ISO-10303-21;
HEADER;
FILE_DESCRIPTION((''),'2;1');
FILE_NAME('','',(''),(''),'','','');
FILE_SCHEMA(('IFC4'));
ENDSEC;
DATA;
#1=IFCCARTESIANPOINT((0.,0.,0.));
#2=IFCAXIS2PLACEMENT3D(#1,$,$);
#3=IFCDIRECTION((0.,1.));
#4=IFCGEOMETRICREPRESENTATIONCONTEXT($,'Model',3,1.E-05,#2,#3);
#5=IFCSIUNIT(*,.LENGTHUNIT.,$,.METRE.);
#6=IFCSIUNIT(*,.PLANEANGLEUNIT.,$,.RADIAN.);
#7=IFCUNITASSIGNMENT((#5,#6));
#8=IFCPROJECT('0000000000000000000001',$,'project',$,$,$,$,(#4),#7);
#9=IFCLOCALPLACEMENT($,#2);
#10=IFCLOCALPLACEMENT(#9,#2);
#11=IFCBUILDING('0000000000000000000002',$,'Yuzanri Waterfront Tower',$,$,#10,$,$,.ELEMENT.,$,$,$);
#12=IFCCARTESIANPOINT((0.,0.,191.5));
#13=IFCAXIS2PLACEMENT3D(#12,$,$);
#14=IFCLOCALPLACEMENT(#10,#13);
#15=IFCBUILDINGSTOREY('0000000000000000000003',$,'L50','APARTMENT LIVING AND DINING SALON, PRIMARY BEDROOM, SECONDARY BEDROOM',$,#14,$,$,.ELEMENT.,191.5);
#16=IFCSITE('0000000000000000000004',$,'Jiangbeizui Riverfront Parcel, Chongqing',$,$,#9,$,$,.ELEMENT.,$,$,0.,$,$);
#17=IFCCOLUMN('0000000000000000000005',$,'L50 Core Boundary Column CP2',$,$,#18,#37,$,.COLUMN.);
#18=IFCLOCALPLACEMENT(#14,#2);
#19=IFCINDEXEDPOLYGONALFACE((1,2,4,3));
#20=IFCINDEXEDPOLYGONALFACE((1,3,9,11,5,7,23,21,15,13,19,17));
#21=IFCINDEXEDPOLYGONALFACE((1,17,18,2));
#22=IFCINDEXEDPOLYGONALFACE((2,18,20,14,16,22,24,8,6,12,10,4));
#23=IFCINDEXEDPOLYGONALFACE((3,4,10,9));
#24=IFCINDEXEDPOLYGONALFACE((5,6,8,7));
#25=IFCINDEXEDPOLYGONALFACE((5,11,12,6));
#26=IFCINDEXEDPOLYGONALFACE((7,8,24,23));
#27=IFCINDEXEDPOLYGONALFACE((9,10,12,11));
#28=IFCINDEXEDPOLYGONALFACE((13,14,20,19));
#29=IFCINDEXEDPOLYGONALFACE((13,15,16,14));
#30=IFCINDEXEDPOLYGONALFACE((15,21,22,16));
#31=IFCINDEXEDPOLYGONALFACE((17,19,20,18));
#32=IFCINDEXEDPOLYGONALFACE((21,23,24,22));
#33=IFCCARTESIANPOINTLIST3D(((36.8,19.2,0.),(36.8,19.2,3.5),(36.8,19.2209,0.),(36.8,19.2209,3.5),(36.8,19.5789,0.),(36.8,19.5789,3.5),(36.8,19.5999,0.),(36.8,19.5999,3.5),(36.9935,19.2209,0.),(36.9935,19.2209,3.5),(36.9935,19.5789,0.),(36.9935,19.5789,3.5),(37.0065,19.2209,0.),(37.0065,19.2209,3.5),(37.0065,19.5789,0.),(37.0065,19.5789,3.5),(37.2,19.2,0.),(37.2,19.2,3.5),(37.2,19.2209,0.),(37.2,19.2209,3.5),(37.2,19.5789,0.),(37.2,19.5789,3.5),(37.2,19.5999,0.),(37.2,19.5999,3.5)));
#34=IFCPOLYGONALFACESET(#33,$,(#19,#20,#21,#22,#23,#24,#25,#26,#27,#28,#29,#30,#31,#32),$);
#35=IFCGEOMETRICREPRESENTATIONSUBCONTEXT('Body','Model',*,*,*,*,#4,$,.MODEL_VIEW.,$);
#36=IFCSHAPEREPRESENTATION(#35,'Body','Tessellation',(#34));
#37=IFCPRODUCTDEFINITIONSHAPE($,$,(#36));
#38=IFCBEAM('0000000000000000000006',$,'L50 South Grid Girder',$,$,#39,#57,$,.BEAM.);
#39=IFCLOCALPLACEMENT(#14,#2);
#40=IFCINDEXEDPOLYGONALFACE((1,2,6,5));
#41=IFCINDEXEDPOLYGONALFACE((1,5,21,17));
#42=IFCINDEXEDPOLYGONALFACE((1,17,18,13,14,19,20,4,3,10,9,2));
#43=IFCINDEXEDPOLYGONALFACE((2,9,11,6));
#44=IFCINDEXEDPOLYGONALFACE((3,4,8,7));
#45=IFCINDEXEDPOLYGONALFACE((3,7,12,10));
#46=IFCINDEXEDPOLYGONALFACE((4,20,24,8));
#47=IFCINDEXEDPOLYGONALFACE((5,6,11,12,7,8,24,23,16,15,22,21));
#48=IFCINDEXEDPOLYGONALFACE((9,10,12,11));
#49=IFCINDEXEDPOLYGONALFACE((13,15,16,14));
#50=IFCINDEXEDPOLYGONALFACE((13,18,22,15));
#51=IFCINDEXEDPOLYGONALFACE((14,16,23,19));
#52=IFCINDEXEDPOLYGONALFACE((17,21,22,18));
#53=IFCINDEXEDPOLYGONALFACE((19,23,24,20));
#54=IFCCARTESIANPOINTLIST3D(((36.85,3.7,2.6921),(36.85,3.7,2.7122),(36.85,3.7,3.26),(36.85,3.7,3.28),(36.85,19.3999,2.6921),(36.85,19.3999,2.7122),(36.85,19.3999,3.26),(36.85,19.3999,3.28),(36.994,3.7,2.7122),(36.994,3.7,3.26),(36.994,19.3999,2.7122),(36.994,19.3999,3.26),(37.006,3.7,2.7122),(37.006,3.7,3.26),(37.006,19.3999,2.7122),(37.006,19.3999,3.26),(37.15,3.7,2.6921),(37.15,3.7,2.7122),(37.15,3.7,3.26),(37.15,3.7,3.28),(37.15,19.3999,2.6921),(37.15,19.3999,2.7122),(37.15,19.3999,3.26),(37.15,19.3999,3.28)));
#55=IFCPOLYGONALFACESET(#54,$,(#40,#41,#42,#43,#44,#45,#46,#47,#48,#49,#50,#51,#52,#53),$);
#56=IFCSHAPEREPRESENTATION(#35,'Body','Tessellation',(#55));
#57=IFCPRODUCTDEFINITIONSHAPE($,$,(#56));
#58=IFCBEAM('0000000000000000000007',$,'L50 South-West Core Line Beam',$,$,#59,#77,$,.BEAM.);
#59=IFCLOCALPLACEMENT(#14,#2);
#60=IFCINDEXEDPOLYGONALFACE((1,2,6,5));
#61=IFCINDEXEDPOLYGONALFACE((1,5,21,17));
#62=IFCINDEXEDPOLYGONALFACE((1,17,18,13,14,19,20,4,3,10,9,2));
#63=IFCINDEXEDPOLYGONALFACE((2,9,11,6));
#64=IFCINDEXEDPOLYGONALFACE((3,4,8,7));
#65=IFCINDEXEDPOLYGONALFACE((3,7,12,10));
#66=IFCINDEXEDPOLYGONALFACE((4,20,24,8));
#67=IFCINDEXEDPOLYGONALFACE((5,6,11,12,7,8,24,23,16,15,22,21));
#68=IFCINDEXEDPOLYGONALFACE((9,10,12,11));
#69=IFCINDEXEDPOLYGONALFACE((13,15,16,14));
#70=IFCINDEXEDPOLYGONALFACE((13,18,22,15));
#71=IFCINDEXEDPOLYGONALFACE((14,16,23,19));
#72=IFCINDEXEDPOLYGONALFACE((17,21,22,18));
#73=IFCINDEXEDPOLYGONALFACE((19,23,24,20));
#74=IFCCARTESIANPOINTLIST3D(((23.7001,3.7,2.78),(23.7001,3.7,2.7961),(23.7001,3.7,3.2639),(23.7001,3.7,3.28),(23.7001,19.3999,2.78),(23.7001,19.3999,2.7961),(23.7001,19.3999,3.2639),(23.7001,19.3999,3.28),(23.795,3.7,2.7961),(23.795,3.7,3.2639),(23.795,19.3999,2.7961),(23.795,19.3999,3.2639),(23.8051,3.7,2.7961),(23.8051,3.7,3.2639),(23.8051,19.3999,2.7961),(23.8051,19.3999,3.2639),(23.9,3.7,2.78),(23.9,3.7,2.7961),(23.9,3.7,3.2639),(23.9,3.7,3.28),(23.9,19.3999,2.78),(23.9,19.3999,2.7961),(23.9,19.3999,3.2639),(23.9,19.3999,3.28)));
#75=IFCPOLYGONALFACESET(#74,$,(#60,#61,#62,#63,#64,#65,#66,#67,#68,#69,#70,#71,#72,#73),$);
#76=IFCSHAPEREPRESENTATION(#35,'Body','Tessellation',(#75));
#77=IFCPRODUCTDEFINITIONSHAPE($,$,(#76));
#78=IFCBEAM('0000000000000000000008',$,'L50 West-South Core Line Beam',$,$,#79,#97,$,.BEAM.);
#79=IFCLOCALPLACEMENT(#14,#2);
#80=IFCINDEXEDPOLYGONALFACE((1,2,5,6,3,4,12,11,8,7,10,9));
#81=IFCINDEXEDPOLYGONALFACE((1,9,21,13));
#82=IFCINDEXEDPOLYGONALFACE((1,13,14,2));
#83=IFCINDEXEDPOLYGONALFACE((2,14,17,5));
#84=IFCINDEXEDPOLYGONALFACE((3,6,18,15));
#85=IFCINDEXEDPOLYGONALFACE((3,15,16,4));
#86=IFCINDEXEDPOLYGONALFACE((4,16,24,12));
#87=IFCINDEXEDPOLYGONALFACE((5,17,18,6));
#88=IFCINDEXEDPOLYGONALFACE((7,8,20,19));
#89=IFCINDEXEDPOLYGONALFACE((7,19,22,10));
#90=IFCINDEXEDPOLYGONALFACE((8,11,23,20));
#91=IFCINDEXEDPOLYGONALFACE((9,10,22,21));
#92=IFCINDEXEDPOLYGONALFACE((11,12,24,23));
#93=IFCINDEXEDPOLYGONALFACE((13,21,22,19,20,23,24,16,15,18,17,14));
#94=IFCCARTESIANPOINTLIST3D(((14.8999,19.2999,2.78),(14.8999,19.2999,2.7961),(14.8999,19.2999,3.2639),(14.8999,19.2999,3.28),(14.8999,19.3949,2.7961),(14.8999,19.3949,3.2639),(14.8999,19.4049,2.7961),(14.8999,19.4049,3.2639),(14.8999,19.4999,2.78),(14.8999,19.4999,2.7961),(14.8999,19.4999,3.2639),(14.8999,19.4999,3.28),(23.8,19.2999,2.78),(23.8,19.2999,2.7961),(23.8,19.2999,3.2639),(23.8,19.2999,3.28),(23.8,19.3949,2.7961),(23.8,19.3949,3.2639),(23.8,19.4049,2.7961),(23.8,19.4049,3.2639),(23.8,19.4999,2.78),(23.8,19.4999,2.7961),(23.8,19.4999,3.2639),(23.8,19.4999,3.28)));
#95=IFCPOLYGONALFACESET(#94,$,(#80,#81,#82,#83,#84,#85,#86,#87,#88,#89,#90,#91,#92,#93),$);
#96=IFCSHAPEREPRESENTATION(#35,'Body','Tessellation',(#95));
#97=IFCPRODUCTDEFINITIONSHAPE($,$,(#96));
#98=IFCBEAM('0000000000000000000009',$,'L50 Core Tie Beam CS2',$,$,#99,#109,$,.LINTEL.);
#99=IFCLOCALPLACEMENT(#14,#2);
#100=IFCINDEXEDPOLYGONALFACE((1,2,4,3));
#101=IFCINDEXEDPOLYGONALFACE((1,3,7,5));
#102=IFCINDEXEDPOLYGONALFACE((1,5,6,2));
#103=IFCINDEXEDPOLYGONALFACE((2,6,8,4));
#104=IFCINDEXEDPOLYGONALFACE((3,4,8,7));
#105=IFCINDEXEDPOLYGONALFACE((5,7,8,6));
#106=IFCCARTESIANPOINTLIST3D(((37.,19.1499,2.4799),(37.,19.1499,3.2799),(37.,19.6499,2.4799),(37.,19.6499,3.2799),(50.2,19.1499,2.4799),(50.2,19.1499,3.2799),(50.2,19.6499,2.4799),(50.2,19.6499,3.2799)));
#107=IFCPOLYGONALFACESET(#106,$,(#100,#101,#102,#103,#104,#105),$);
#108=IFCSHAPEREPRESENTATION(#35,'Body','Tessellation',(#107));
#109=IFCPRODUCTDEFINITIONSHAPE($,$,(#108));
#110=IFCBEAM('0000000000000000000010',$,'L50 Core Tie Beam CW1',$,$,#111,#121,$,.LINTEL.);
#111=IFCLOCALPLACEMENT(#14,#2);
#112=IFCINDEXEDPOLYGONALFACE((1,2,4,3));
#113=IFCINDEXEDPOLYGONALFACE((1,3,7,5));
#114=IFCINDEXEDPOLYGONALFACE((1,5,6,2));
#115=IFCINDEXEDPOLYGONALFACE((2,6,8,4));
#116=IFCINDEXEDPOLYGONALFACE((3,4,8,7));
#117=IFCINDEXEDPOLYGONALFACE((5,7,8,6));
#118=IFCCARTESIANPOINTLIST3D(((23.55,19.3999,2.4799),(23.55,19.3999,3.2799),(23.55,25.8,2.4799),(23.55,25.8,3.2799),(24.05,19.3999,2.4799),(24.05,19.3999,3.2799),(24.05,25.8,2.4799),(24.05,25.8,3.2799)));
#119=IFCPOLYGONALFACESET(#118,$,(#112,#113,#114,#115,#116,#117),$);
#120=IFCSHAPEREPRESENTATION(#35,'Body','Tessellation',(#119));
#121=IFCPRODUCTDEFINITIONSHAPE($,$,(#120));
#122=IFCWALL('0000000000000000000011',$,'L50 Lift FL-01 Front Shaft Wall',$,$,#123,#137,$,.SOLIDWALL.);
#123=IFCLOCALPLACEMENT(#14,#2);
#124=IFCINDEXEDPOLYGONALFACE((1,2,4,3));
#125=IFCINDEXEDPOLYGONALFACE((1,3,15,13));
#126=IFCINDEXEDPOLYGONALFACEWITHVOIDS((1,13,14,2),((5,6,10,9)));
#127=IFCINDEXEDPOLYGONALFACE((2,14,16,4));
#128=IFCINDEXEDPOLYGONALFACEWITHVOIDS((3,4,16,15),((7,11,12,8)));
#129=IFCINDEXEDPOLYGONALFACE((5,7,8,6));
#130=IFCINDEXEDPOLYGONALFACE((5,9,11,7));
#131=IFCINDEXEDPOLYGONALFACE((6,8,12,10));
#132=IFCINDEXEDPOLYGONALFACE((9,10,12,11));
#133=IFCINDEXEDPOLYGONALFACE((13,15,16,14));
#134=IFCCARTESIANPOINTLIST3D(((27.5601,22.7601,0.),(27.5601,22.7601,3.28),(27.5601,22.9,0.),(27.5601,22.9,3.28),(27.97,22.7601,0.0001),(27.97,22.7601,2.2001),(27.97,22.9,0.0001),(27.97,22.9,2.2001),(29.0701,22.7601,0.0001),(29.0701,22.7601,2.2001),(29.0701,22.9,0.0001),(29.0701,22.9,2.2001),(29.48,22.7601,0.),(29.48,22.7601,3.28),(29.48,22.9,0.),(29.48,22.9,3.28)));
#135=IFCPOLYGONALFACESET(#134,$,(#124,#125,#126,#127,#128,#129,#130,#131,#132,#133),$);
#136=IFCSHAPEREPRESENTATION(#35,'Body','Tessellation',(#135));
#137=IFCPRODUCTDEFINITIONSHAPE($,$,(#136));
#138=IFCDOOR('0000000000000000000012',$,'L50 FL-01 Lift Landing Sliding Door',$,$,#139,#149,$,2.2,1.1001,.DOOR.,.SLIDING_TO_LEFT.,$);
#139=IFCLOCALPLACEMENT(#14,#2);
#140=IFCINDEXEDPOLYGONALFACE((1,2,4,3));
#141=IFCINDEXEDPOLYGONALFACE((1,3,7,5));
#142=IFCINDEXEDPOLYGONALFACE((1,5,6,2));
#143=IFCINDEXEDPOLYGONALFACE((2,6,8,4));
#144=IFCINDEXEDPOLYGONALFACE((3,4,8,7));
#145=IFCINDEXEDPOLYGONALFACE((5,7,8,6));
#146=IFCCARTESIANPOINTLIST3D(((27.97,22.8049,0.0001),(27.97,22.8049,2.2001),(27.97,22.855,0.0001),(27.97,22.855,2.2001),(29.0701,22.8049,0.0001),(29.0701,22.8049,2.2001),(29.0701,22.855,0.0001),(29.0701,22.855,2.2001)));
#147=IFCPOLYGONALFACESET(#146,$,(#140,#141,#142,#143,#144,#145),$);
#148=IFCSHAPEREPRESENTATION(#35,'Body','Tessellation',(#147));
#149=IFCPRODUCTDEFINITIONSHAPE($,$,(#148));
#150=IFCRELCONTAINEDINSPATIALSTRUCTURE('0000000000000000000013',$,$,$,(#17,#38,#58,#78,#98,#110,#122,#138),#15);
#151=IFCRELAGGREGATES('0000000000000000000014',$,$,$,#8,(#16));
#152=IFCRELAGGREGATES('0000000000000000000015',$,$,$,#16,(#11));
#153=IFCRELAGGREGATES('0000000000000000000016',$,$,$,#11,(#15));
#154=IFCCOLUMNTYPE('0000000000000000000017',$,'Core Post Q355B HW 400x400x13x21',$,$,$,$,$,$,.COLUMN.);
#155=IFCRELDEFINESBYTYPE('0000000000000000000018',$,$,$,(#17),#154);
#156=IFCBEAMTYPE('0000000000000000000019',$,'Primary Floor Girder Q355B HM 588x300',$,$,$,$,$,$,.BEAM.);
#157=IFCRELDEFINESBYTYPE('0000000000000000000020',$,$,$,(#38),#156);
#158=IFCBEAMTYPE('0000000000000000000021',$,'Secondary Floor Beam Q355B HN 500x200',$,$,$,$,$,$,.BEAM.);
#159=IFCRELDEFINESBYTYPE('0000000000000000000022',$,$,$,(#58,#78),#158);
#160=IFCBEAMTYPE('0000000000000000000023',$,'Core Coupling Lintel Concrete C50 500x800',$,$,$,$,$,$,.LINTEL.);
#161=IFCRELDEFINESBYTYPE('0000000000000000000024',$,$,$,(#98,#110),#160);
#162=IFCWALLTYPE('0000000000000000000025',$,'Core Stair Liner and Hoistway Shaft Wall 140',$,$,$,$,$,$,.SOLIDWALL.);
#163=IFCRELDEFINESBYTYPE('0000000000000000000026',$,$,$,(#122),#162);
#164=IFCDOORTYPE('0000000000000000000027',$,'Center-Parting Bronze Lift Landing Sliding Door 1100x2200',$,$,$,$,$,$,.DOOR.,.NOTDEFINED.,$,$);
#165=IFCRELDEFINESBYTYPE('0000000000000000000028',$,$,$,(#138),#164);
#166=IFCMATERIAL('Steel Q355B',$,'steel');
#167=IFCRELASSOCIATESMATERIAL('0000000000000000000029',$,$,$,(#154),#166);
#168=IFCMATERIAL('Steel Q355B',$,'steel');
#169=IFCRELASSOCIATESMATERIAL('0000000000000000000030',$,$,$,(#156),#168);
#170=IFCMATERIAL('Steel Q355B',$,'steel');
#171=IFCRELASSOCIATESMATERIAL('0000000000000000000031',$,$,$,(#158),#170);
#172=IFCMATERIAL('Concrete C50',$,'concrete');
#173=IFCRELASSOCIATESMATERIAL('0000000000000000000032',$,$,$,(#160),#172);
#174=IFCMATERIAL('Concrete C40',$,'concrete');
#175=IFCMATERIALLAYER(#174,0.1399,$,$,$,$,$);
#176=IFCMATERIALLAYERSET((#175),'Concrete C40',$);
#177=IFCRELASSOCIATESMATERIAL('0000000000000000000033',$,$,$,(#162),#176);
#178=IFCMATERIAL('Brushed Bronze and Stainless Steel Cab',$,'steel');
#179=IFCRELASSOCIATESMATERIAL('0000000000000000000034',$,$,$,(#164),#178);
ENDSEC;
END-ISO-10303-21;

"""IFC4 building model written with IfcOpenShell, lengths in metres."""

from ifc_helpers import new_model, si_unit, direction, frame, frame_2d, origin, origin_2d, place, context, subcontext, project, spatial, rectangle, i_section, extrude, source, transform, mapped, material, layer, layer_set, material_profile, profile_set, type_object, element, fill, save


model = new_model("IFC4")

# Units and contexts
model_context = context("Model", 3, precision=1e-05, world=origin(), true_north=direction((0.0, 1.0)))
body_context = subcontext(model_context, "Body", "Model", "MODEL_VIEW")
ifc_project = project(units=[si_unit("LENGTHUNIT", "METRE"), si_unit("PLANEANGLEUNIT", "RADIAN")], contexts=[model_context])

# Site, building, storey
site_placement = place(None, origin())
site = spatial("IfcSite", under=ifc_project, at=site_placement, Name="Jiangbeizui Riverfront Parcel, Chongqing", CompositionType="ELEMENT", RefElevation=0.0)
building_placement = place(site_placement, origin())
building = spatial("IfcBuilding", under=site, at=building_placement, Name="Yuzanri Waterfront Tower", CompositionType="ELEMENT")
storey_placement = place(building_placement, frame((0.0, 0.0, 191.5)))
storey = spatial("IfcBuildingStorey", under=building, at=storey_placement, Name="L50", Description="APARTMENT LIVING AND DINING SALON, PRIMARY BEDROOM, SECONDARY BEDROOM", CompositionType="ELEMENT", Elevation=191.5)

# Column
ifc_material_1 = material(Name="Steel Q355B", Category="steel")
ifc_material_profile_1 = material_profile(ifc_material_1, i_section(OverallWidth=0.3999, OverallDepth=0.3999, WebThickness=0.0129, FlangeThickness=0.021, at=origin_2d()), Name="HW 400x400x13x21")
ifc_profile_set_1 = profile_set([ifc_material_profile_1], Name="Steel Q355B")
column_type = type_object("IfcColumnType", Name="Core Post Q355B HW 400x400x13x21", PredefinedType="COLUMN", material=ifc_profile_set_1)
shared_shape_1 = source(origin(), body_context, "Body", "SweptSolid", [
    extrude(i_section(OverallWidth=0.3999, OverallDepth=0.3999, WebThickness=0.0129, FlangeThickness=0.021, at=origin_2d()), origin(), (0.0, 0.0, 1.0), 3.5),
])
column_placement = place(storey_placement, frame((37.0, 19.3999, 0.0), z_axis=(0.0, 0.0, 1.0), x_axis=(1.0, 0.0, 0.0)))
element("IfcColumn", 1, at=column_placement, inside=storey, type_object=column_type, Name="L50 Core Boundary Column CP2", PredefinedType="COLUMN", context=body_context, shape_type="MappedRepresentation", body=[
    mapped(shared_shape_1, transform((0.0, 0.0, 0.0), scale=1.0)),
])

# Beams
ifc_material_2 = material(Name="Steel Q355B", Category="steel")
ifc_material_profile_2 = material_profile(ifc_material_2, i_section(OverallWidth=0.3, OverallDepth=0.5879, WebThickness=0.012, FlangeThickness=0.02, at=origin_2d()), Name="HM 588x300x12x20")
ifc_profile_set_2 = profile_set([ifc_material_profile_2], Name="Steel Q355B")
beam_type_1 = type_object("IfcBeamType", Name="Primary Floor Girder Q355B HM 588x300", PredefinedType="BEAM", material=ifc_profile_set_2)
shared_shape_2 = source(origin(), body_context, "Body", "SweptSolid", [
    extrude(i_section(OverallWidth=0.3, OverallDepth=0.5879, WebThickness=0.012, FlangeThickness=0.02, at=origin_2d()), origin(), (0.0, 0.0, 1.0), 15.7),
])
beam_1_placement = place(storey_placement, frame((37.0, 19.3999, 2.9861), z_axis=(0.0, -1.0, 0.0), x_axis=(1.0, 0.0, 0.0)))
element("IfcBeam", 2, at=beam_1_placement, inside=storey, type_object=beam_type_1, Name="L50 South Grid Girder", PredefinedType="BEAM", context=body_context, shape_type="MappedRepresentation", body=[
    mapped(shared_shape_2, transform((0.0, 0.0, 0.0), scale=1.0)),
])
ifc_material_3 = material(Name="Steel Q355B", Category="steel")
ifc_material_profile_3 = material_profile(ifc_material_3, i_section(OverallWidth=0.2, OverallDepth=0.5, WebThickness=0.01, FlangeThickness=0.0161, at=origin_2d()), Name="HN 500x200x10x16")
ifc_profile_set_3 = profile_set([ifc_material_profile_3], Name="Steel Q355B")
beam_type_2 = type_object("IfcBeamType", Name="Secondary Floor Beam Q355B HN 500x200", PredefinedType="BEAM", material=ifc_profile_set_3)
shared_shape_3 = source(origin(), body_context, "Body", "SweptSolid", [
    extrude(i_section(OverallWidth=0.2, OverallDepth=0.5, WebThickness=0.01, FlangeThickness=0.0161, at=origin_2d()), origin(), (0.0, 0.0, 1.0), 15.7),
])
beam_2_placement = place(storey_placement, frame((23.8, 19.3999, 3.03), z_axis=(0.0, -1.0, 0.0), x_axis=(1.0, 0.0, 0.0)))
element("IfcBeam", 3, at=beam_2_placement, inside=storey, type_object=beam_type_2, Name="L50 South-West Core Line Beam", PredefinedType="BEAM", context=body_context, shape_type="MappedRepresentation", body=[
    mapped(shared_shape_3, transform((0.0, 0.0, 0.0), scale=1.0)),
])
shared_shape_4 = source(origin(), body_context, "Body", "SweptSolid", [
    extrude(i_section(OverallWidth=0.2, OverallDepth=0.5, WebThickness=0.01, FlangeThickness=0.0161, at=origin_2d()), origin(), (0.0, 0.0, 1.0), 8.9001),
])
beam_3_placement = place(storey_placement, frame((23.8, 19.3999, 3.03), z_axis=(-1.0, 0.0, 0.0), x_axis=(0.0, -1.0, 0.0)))
element("IfcBeam", 4, at=beam_3_placement, inside=storey, type_object=beam_type_2, Name="L50 West-South Core Line Beam", PredefinedType="BEAM", context=body_context, shape_type="MappedRepresentation", body=[
    mapped(shared_shape_4, transform((0.0, 0.0, 0.0), scale=1.0)),
])
ifc_material_4 = material(Name="Concrete C50", Category="concrete")
ifc_material_profile_4 = material_profile(ifc_material_4, rectangle(XDim=0.5, YDim=0.8, at=origin_2d()), Name="RC 500x800")
ifc_profile_set_4 = profile_set([ifc_material_profile_4], Name="Concrete C50")
beam_type_3 = type_object("IfcBeamType", Name="Core Coupling Lintel Concrete C50 500x800", PredefinedType="LINTEL", material=ifc_profile_set_4)
shared_shape_5 = source(origin(), body_context, "Body", "SweptSolid", [
    extrude(rectangle(XDim=0.5, YDim=0.8, at=origin_2d()), origin(), (0.0, 0.0, 1.0), 13.2),
])
beam_4_placement = place(storey_placement, frame((37.0, 19.3999, 2.8799), z_axis=(1.0, 0.0, 0.0), x_axis=(0.0, 1.0, 0.0)))
element("IfcBeam", 5, at=beam_4_placement, inside=storey, type_object=beam_type_3, Name="L50 Core Tie Beam CS2", PredefinedType="LINTEL", context=body_context, shape_type="MappedRepresentation", body=[
    mapped(shared_shape_5, transform((0.0, 0.0, 0.0), scale=1.0)),
])
shared_shape_6 = source(origin(), body_context, "Body", "SweptSolid", [
    extrude(rectangle(XDim=0.5, YDim=0.8, at=origin_2d()), origin(), (0.0, 0.0, 1.0), 6.4001),
])
beam_5_placement = place(storey_placement, frame((23.8, 19.3999, 2.8799), z_axis=(0.0, 1.0, 0.0), x_axis=(-1.0, 0.0, 0.0)))
element("IfcBeam", 6, at=beam_5_placement, inside=storey, type_object=beam_type_3, Name="L50 Core Tie Beam CW1", PredefinedType="LINTEL", context=body_context, shape_type="MappedRepresentation", body=[
    mapped(shared_shape_6, transform((0.0, 0.0, 0.0), scale=1.0)),
])

# Wall, opening, door
ifc_material_5 = material(Name="Concrete C40", Category="concrete")
ifc_layer_1 = layer(ifc_material_5, 0.1399)
ifc_layer_set_1 = layer_set([ifc_layer_1], Name="Concrete C40")
wall_type_1 = type_object("IfcWallType", Name="Core Stair Liner and Hoistway Shaft Wall 140", PredefinedType="SOLIDWALL", material=ifc_layer_set_1)
wall_1_placement = place(storey_placement, frame((27.5601, 22.8301, 0.0), z_axis=(0.0, 0.0, 1.0), x_axis=(1.0, 0.0, 0.0)))
wall_1 = element("IfcWall", 7, at=wall_1_placement, inside=storey, type_object=wall_type_1, Name="L50 Lift FL-01 Front Shaft Wall", PredefinedType="SOLIDWALL", context=body_context, shape_type="SweptSolid", body=[
    extrude(rectangle(XDim=1.9199, YDim=0.1399, at=frame_2d((0.96, 0.0))), origin(), (0.0, 0.0, 1.0), 3.28),
])
opening_1_placement = place(wall_1_placement, frame((0.4099, 0.0, 0.0)))
opening_1 = element("IfcOpeningElement", 8, at=opening_1_placement, cuts=wall_1, PredefinedType="OPENING", context=body_context, shape_type="SweptSolid", body=[
    extrude(rectangle(XDim=1.1001, YDim=2.2, at=frame_2d((0.55, 1.1001))), frame((0.0, 0.085, 0.0), z_axis=(0.0, -1.0, 0.0), x_axis=(1.0, 0.0, 0.0)), (0.0, 0.0, 1.0), 0.1697),
])
ifc_material_6 = material(Name="Brushed Bronze and Stainless Steel Cab", Category="steel")
door_type_1 = type_object("IfcDoorType", Name="Center-Parting Bronze Lift Landing Sliding Door 1100x2200", OperationType="NOTDEFINED", PredefinedType="DOOR", material=ifc_material_6)
shared_shape_7 = source(origin(), body_context, "Body", "SweptSolid", [
    extrude(rectangle(XDim=1.1001, YDim=2.2, at=frame_2d((0.55, 1.1001))), frame((0.0, 0.0249, 0.0), z_axis=(0.0, -1.0, 0.0), x_axis=(1.0, 0.0, 0.0)), (0.0, 0.0, 1.0), 0.05),
])
door_1_placement = place(opening_1_placement, origin())
door_1 = element("IfcDoor", 9, at=door_1_placement, inside=storey, type_object=door_type_1, Name="L50 FL-01 Lift Landing Sliding Door", OperationType="SLIDING_TO_LEFT", OverallHeight=2.2, OverallWidth=1.1001, PredefinedType="DOOR", context=body_context, shape_type="MappedRepresentation", body=[
    mapped(shared_shape_7, transform((0.0, 0.0, 0.0), scale=1.0)),
])
fill(opening_1, door_1)

save(model, "model.ifc")
